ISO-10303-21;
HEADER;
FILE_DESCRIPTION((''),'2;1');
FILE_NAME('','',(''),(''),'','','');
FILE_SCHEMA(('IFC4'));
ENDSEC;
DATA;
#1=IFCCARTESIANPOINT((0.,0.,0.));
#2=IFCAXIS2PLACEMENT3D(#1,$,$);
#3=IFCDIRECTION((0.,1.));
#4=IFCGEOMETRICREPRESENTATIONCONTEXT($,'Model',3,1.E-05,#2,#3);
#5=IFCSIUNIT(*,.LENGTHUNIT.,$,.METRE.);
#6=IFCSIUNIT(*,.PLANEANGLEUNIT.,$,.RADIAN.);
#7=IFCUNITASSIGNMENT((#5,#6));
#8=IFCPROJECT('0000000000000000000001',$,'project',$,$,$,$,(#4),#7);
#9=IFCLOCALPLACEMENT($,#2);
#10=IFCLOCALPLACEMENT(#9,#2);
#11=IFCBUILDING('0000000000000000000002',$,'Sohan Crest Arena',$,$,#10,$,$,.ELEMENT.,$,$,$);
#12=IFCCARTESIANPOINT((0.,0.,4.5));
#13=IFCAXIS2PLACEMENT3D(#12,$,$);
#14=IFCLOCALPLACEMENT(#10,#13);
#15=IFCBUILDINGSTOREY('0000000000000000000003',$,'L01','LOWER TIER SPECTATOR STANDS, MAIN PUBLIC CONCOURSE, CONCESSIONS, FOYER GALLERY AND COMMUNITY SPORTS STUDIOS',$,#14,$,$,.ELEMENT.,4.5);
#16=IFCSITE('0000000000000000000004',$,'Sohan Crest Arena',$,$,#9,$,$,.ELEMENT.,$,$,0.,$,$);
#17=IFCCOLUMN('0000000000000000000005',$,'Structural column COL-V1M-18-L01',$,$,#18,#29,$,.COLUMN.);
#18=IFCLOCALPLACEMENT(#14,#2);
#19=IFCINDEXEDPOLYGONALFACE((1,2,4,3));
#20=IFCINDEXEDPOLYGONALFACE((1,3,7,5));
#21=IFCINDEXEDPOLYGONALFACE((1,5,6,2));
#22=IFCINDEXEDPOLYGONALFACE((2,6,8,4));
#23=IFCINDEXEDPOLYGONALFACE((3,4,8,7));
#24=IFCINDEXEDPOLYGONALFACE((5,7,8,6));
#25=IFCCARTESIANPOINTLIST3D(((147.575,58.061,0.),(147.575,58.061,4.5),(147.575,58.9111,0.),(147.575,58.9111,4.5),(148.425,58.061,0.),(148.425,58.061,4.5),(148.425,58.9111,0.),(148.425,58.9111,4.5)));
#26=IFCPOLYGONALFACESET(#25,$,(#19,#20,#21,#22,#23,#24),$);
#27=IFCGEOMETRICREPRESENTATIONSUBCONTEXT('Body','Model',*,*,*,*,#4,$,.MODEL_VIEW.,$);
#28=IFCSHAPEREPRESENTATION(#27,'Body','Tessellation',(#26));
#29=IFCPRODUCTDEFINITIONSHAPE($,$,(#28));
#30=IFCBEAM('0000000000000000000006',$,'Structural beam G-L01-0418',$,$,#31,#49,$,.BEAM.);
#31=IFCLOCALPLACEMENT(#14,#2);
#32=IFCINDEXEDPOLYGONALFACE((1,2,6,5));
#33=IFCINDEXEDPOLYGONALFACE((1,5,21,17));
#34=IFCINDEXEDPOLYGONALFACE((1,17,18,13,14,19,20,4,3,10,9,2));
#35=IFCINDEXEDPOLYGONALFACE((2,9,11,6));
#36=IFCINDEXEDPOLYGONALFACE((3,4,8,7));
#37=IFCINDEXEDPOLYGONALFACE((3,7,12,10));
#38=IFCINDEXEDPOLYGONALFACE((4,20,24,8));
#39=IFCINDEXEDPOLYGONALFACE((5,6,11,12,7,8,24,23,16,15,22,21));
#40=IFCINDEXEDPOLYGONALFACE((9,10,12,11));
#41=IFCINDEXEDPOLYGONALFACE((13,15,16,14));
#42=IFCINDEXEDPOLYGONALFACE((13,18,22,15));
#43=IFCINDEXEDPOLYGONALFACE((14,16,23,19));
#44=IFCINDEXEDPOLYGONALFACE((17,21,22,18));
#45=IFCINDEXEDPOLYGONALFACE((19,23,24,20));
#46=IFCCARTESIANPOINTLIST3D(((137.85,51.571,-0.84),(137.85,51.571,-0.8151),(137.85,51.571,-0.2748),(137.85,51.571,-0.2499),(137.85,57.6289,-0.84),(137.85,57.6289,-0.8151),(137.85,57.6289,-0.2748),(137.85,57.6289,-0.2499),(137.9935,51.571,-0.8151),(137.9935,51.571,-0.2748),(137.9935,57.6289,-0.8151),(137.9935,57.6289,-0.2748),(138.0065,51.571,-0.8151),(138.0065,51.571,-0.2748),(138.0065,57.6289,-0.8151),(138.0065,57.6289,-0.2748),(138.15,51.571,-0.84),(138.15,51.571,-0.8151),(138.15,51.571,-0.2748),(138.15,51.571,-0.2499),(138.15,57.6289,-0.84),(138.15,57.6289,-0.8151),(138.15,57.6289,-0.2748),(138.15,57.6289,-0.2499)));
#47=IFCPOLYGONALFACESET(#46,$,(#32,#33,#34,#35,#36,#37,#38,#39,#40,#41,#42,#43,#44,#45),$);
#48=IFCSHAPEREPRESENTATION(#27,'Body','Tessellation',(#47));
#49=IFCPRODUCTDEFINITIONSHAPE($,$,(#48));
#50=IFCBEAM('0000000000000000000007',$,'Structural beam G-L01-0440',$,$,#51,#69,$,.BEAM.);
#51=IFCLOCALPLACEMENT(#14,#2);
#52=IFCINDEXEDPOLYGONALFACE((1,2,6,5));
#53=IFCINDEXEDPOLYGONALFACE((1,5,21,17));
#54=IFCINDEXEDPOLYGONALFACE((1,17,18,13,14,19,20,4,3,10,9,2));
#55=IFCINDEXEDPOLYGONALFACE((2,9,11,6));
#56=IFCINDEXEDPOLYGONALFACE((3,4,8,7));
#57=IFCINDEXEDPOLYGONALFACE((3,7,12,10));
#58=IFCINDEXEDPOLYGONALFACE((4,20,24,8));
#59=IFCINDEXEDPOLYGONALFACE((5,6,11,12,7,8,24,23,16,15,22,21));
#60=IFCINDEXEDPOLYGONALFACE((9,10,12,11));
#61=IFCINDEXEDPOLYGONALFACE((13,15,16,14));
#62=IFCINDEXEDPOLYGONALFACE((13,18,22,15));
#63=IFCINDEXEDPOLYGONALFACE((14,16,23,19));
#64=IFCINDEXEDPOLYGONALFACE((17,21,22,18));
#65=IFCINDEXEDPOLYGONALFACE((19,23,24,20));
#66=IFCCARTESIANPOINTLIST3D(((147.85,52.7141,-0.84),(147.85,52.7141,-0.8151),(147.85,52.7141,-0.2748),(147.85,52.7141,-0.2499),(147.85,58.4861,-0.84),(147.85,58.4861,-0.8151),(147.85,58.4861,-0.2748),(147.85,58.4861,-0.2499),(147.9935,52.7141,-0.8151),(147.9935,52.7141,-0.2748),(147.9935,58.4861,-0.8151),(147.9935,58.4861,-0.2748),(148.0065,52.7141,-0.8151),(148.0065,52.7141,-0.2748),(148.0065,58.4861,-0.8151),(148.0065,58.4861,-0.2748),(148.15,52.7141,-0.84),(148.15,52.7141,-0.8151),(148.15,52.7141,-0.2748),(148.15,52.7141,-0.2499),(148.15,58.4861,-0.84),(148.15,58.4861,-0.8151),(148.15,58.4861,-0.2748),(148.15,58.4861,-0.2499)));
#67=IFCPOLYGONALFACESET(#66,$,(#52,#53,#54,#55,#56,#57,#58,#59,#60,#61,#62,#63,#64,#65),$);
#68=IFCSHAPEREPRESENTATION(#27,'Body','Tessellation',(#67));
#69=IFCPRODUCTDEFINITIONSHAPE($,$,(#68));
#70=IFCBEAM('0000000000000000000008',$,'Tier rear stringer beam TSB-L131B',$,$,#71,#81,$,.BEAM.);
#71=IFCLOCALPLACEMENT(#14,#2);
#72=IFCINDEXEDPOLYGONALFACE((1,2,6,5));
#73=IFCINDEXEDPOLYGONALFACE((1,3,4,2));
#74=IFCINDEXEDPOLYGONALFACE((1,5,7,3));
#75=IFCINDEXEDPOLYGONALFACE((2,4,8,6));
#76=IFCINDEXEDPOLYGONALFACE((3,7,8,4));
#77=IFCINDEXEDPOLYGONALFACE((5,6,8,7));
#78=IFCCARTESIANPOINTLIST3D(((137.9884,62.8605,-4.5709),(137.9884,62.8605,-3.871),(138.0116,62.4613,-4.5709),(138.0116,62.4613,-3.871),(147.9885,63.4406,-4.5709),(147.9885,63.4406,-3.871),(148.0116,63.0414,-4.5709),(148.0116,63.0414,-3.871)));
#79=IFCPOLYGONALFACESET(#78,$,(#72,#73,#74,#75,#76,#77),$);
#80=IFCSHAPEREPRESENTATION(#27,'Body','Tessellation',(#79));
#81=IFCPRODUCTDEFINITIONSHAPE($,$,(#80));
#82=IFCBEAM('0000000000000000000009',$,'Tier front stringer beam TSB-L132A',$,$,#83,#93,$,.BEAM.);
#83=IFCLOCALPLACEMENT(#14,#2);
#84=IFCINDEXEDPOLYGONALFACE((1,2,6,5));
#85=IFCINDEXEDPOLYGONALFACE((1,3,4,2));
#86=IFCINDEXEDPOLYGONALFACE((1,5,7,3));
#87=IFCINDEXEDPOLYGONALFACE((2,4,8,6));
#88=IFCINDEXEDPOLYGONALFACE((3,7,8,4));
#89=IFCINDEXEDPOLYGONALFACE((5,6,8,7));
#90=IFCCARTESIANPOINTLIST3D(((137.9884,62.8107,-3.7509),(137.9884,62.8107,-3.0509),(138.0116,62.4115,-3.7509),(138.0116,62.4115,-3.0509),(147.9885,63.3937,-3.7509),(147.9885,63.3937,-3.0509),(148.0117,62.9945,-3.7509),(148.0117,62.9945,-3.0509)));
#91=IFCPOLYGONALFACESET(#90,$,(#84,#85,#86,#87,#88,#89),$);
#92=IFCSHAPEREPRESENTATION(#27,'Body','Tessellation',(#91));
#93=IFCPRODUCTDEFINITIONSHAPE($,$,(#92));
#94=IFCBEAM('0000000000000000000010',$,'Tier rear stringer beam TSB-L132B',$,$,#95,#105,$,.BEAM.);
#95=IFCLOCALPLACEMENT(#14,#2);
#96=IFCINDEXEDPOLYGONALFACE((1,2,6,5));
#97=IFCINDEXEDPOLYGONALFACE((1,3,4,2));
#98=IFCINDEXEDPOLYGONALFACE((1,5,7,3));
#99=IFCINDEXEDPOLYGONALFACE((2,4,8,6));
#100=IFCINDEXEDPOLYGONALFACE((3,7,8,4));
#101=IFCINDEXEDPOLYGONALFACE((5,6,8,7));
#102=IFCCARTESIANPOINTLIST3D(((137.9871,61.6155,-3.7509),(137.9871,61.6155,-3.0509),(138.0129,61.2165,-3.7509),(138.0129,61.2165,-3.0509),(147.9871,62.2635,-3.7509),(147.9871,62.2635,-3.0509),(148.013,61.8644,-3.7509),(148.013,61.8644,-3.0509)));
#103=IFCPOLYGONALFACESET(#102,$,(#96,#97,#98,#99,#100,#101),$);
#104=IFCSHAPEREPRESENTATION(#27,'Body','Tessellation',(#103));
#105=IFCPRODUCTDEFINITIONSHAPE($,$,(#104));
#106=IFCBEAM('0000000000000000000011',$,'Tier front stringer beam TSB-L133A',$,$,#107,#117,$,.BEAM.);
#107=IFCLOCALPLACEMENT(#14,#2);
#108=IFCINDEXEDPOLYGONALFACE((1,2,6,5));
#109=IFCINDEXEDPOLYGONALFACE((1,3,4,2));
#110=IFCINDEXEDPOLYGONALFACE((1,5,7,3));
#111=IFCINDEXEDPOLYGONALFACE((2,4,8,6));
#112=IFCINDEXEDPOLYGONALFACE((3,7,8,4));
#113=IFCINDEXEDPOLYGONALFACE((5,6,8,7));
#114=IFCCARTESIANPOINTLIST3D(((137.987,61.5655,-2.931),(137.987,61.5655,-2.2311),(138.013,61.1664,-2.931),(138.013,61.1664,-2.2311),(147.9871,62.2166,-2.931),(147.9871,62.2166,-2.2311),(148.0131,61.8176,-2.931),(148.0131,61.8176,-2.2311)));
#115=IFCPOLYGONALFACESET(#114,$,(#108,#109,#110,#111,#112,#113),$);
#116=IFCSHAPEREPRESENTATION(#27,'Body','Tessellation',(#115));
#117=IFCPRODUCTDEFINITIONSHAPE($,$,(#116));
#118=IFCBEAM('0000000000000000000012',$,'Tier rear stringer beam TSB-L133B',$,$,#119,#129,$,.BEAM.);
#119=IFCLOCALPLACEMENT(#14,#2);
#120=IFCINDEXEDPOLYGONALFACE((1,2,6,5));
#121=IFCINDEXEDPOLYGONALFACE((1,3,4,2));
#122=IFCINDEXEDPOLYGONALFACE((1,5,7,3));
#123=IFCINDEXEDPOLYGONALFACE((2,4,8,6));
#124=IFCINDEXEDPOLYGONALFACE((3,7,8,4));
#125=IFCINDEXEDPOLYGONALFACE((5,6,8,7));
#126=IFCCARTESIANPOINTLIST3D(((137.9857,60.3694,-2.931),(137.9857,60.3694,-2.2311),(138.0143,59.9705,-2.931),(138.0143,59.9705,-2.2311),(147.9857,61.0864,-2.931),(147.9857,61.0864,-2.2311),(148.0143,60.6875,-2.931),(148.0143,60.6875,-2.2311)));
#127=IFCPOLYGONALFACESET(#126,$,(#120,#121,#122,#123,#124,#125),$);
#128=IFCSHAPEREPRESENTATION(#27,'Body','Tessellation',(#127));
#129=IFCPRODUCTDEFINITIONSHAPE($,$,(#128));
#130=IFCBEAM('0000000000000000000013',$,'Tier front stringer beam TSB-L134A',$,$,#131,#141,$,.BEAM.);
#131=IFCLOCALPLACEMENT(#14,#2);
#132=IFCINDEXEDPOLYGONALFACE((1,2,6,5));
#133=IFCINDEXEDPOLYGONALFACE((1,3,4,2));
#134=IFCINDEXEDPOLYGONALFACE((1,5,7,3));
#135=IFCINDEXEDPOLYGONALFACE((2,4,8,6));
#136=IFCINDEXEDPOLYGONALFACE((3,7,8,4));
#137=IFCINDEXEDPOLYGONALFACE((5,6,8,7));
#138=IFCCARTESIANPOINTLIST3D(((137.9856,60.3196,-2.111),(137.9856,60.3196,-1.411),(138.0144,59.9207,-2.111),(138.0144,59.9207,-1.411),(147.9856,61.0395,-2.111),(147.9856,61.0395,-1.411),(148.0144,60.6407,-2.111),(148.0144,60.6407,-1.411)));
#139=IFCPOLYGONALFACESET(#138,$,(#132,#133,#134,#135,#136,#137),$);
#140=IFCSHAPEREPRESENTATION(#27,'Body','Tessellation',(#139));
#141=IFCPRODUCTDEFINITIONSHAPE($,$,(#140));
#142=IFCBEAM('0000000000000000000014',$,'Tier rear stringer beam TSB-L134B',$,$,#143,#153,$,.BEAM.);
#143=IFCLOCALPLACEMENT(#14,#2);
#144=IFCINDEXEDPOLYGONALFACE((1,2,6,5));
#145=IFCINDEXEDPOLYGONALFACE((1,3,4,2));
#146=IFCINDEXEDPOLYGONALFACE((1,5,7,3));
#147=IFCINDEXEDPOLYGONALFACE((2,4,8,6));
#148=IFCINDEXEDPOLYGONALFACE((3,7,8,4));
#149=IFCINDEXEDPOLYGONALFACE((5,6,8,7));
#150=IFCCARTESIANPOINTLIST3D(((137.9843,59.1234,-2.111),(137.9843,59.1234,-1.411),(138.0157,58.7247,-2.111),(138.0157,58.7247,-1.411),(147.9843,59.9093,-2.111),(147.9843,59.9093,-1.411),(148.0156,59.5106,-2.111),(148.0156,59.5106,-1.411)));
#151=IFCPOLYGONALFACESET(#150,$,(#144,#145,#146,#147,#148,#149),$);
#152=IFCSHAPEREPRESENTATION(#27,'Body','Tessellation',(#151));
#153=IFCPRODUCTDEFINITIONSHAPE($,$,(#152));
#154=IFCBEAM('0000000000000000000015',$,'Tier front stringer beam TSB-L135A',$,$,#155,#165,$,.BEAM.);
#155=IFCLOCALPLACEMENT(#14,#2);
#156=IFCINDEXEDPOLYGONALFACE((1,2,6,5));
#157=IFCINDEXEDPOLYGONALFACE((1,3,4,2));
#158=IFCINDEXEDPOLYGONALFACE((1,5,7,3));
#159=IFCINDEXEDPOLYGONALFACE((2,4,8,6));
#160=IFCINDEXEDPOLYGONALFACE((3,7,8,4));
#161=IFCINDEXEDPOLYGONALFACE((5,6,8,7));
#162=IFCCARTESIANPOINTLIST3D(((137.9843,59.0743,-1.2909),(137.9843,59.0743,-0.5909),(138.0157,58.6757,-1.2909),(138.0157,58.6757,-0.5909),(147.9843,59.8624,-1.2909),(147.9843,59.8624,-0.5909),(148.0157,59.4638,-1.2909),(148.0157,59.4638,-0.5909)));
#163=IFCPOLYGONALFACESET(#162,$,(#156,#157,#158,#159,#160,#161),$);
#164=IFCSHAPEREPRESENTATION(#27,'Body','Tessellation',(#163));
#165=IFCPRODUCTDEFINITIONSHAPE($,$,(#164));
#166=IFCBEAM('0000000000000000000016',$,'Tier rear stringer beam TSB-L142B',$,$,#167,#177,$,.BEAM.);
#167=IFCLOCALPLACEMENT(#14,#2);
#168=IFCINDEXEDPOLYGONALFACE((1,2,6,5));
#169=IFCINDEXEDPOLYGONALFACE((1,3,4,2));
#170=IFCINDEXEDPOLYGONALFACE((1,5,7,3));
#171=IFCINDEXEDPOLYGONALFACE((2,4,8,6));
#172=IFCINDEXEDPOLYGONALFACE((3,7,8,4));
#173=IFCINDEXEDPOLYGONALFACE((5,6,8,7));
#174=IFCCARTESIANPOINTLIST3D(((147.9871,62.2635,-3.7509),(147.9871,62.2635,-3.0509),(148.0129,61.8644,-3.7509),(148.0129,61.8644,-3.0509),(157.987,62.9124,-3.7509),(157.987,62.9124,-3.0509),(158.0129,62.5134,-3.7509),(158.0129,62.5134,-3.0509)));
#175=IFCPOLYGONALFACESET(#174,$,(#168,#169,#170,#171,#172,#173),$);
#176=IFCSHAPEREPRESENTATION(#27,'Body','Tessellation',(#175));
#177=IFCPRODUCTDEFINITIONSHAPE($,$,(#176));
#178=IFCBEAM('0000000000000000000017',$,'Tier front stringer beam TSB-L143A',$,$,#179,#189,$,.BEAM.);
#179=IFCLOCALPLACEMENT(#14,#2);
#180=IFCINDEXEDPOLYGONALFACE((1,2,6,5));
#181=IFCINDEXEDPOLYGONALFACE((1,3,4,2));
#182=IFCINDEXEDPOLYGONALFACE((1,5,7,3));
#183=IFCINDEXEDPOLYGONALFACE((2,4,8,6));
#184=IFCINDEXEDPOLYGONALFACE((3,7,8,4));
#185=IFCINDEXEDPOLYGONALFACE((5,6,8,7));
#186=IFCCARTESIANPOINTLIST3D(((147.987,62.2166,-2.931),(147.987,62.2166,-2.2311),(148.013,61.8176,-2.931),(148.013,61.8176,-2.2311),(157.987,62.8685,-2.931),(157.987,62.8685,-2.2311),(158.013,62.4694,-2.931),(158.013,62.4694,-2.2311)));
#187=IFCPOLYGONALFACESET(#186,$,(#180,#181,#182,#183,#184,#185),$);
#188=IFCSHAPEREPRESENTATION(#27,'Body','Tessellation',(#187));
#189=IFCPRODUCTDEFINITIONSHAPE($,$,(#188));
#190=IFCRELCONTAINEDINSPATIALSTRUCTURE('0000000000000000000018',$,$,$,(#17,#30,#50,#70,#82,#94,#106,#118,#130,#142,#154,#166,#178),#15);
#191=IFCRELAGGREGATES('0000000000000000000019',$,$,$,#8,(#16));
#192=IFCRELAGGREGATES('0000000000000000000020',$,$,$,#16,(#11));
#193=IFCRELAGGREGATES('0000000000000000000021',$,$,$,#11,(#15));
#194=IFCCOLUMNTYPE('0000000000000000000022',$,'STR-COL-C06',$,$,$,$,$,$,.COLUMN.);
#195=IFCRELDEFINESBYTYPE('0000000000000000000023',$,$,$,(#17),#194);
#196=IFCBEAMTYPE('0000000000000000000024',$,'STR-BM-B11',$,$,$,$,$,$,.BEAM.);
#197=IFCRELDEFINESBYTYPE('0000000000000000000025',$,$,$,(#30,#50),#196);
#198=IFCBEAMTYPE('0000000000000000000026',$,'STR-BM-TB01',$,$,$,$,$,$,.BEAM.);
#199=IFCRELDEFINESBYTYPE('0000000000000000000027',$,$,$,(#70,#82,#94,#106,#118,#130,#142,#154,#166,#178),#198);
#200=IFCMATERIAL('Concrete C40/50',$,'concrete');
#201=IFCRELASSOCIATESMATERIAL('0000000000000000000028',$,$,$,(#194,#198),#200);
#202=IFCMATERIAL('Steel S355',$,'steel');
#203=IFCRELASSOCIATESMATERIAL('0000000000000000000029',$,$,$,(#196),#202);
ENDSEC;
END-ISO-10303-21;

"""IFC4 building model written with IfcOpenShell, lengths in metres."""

from ifc_helpers import new_model, si_unit, direction, frame, origin, origin_2d, place, context, subcontext, project, spatial, rectangle, i_section, extrude, material, material_profile, profile_set, type_object, element, save


model = new_model("IFC4")

# Units and contexts
model_context = context("Model", 3, precision=1e-05, world=origin(), true_north=direction((0.0, 1.0)))
body_context = subcontext(model_context, "Body", "Model", "MODEL_VIEW")
ifc_project = project(units=[si_unit("LENGTHUNIT", "METRE"), si_unit("PLANEANGLEUNIT", "RADIAN")], contexts=[model_context])

# Site, building, storey
site_placement = place(None, origin())
site = spatial("IfcSite", under=ifc_project, at=site_placement, Name="Sohan Crest Arena", CompositionType="ELEMENT", RefElevation=0.0)
building_placement = place(site_placement, origin())
building = spatial("IfcBuilding", under=site, at=building_placement, Name="Sohan Crest Arena", CompositionType="ELEMENT")
storey_placement = place(building_placement, frame((0.0, 0.0, 4.5)))
storey = spatial("IfcBuildingStorey", under=building, at=storey_placement, Name="L01", Description="LOWER TIER SPECTATOR STANDS, MAIN PUBLIC CONCOURSE, CONCESSIONS, FOYER GALLERY AND COMMUNITY SPORTS STUDIOS", CompositionType="ELEMENT", Elevation=4.5)

# Column
ifc_material_1 = material(Name="Concrete C40/50", Category="concrete")
ifc_material_profile_1 = material_profile(ifc_material_1, rectangle(XDim=0.8501, YDim=0.8501, at=origin_2d()), Name="RC 850x850")
ifc_profile_set_1 = profile_set([ifc_material_profile_1], Name="Concrete C40/50")
column_type = type_object("IfcColumnType", Name="STR-COL-C06", PredefinedType="COLUMN", material=ifc_profile_set_1)
column_placement = place(storey_placement, frame((148.0, 58.4861, 0.0), z_axis=(0.0, 0.0, 1.0), x_axis=(1.0, 0.0, 0.0)))
element("IfcColumn", 1, at=column_placement, inside=storey, type_object=column_type, Name="Structural column COL-V1M-18-L01", PredefinedType="COLUMN", context=body_context, shape_type="SweptSolid", body=[
    extrude(rectangle(XDim=0.8501, YDim=0.8501, at=origin_2d()), origin(), (0.0, 0.0, 1.0), 4.5),
])

# Beams
ifc_material_2 = material(Name="Steel S355", Category="steel")
ifc_material_profile_2 = material_profile(ifc_material_2, i_section(OverallWidth=0.3, OverallDepth=0.5901, WebThickness=0.0129, FlangeThickness=0.0249, at=origin_2d()), Name="HEA 600")
ifc_profile_set_2 = profile_set([ifc_material_profile_2], Name="Steel S355")
beam_type_1 = type_object("IfcBeamType", Name="STR-BM-B11", PredefinedType="BEAM", material=ifc_profile_set_2)
beam_1_placement = place(storey_placement, frame((138.0, 57.6289, -0.5449), z_axis=(0.0, -1.0, 0.0), x_axis=(1.0, 0.0, 0.0)))
element("IfcBeam", 2, at=beam_1_placement, inside=storey, type_object=beam_type_1, Name="Structural beam G-L01-0418", PredefinedType="BEAM", context=body_context, shape_type="SweptSolid", body=[
    extrude(i_section(OverallWidth=0.3, OverallDepth=0.5901, WebThickness=0.0129, FlangeThickness=0.0249, at=origin_2d()), origin(), (0.0, 0.0, 1.0), 6.0579),
])
beam_2_placement = place(storey_placement, frame((148.0, 58.4861, -0.5449), z_axis=(0.0, -1.0, 0.0), x_axis=(1.0, 0.0, 0.0)))
element("IfcBeam", 3, at=beam_2_placement, inside=storey, type_object=beam_type_1, Name="Structural beam G-L01-0440", PredefinedType="BEAM", context=body_context, shape_type="SweptSolid", body=[
    extrude(i_section(OverallWidth=0.3, OverallDepth=0.5901, WebThickness=0.0129, FlangeThickness=0.0249, at=origin_2d()), origin(), (0.0, 0.0, 1.0), 5.772),
])
ifc_material_profile_3 = material_profile(ifc_material_1, rectangle(XDim=0.3999, YDim=0.7, at=origin_2d()), Name="RC-BM 400x700")
ifc_profile_set_3 = profile_set([ifc_material_profile_3], Name="Concrete C40/50")
beam_type_2 = type_object("IfcBeamType", Name="STR-BM-TB01", PredefinedType="BEAM", material=ifc_profile_set_3)
beam_3_placement = place(storey_placement, frame((138.0, 62.6609, -4.2209), z_axis=(0.998322, 0.05791, 0.0), x_axis=(-0.05791, 0.998322, 0.0)))
element("IfcBeam", 4, at=beam_3_placement, inside=storey, type_object=beam_type_2, Name="Tier rear stringer beam TSB-L131B", PredefinedType="BEAM", context=body_context, shape_type="SweptSolid", body=[
    extrude(rectangle(XDim=0.3999, YDim=0.7, at=origin_2d()), origin(), (0.0, 0.0, 1.0), 10.0168),
])
beam_4_placement = place(storey_placement, frame((138.0, 62.6111, -3.4009), z_axis=(0.998305, 0.058202, 0.0), x_axis=(-0.058202, 0.998305, 0.0)))
element("IfcBeam", 5, at=beam_4_placement, inside=storey, type_object=beam_type_2, Name="Tier front stringer beam TSB-L132A", PredefinedType="BEAM", context=body_context, shape_type="SweptSolid", body=[
    extrude(rectangle(XDim=0.3999, YDim=0.7, at=origin_2d()), origin(), (0.0, 0.0, 1.0), 10.0171),
])
beam_5_placement = place(storey_placement, frame((138.0, 61.416, -3.4009), z_axis=(0.997907, 0.064659, 0.0), x_axis=(-0.064659, 0.997907, 0.0)))
element("IfcBeam", 6, at=beam_5_placement, inside=storey, type_object=beam_type_2, Name="Tier rear stringer beam TSB-L132B", PredefinedType="BEAM", context=body_context, shape_type="SweptSolid", body=[
    extrude(rectangle(XDim=0.3999, YDim=0.7, at=origin_2d()), origin(), (0.0, 0.0, 1.0), 10.021),
])
beam_6_placement = place(storey_placement, frame((138.0, 61.366, -2.5811), z_axis=(0.997887, 0.064975, 0.0), x_axis=(-0.064975, 0.997887, 0.0)))
element("IfcBeam", 7, at=beam_6_placement, inside=storey, type_object=beam_type_2, Name="Tier front stringer beam TSB-L133A", PredefinedType="BEAM", context=body_context, shape_type="SweptSolid", body=[
    extrude(rectangle(XDim=0.3999, YDim=0.7, at=origin_2d()), origin(), (0.0, 0.0, 1.0), 10.0212),
])
beam_7_placement = place(storey_placement, frame((138.0, 60.1699, -2.5811), z_axis=(0.997439, 0.07152, 0.0), x_axis=(-0.07152, 0.997439, 0.0)))
element("IfcBeam", 8, at=beam_7_placement, inside=storey, type_object=beam_type_2, Name="Tier rear stringer beam TSB-L133B", PredefinedType="BEAM", context=body_context, shape_type="SweptSolid", body=[
    extrude(rectangle(XDim=0.3999, YDim=0.7, at=origin_2d()), origin(), (0.0, 0.0, 1.0), 10.0256),
])
beam_8_placement = place(storey_placement, frame((138.0, 60.1201, -1.761), z_axis=(0.997418, 0.071811, 0.0), x_axis=(-0.071811, 0.997418, 0.0)))
element("IfcBeam", 9, at=beam_8_placement, inside=storey, type_object=beam_type_2, Name="Tier front stringer beam TSB-L134A", PredefinedType="BEAM", context=body_context, shape_type="SweptSolid", body=[
    extrude(rectangle(XDim=0.3999, YDim=0.7, at=origin_2d()), origin(), (0.0, 0.0, 1.0), 10.0259),
])
beam_9_placement = place(storey_placement, frame((138.0, 58.9241, -1.761), z_axis=(0.996926, 0.078347, 0.0), x_axis=(-0.078347, 0.996926, 0.0)))
element("IfcBeam", 10, at=beam_9_placement, inside=storey, type_object=beam_type_2, Name="Tier rear stringer beam TSB-L134B", PredefinedType="BEAM", context=body_context, shape_type="SweptSolid", body=[
    extrude(rectangle(XDim=0.3999, YDim=0.7, at=origin_2d()), origin(), (0.0, 0.0, 1.0), 10.0308),
])
beam_10_placement = place(storey_placement, frame((138.0, 58.875, -0.9409), z_axis=(0.996909, 0.078565, 0.0), x_axis=(-0.078565, 0.996909, 0.0)))
element("IfcBeam", 11, at=beam_10_placement, inside=storey, type_object=beam_type_2, Name="Tier front stringer beam TSB-L135A", PredefinedType="BEAM", context=body_context, shape_type="SweptSolid", body=[
    extrude(rectangle(XDim=0.3999, YDim=0.7, at=origin_2d()), origin(), (0.0, 0.0, 1.0), 10.031),
])
beam_11_placement = place(storey_placement, frame((148.0, 62.064, -3.4009), z_axis=(0.997901, 0.064756, 0.0), x_axis=(-0.064756, 0.997901, 0.0)))
element("IfcBeam", 12, at=beam_11_placement, inside=storey, type_object=beam_type_2, Name="Tier rear stringer beam TSB-L142B", PredefinedType="BEAM", context=body_context, shape_type="SweptSolid", body=[
    extrude(rectangle(XDim=0.3999, YDim=0.7, at=origin_2d()), origin(), (0.0, 0.0, 1.0), 10.021),
])
beam_12_placement = place(storey_placement, frame((148.0, 62.0171, -2.5811), z_axis=(0.997882, 0.065047, 0.0), x_axis=(-0.065047, 0.997882, 0.0)))
element("IfcBeam", 13, at=beam_12_placement, inside=storey, type_object=beam_type_2, Name="Tier front stringer beam TSB-L143A", PredefinedType="BEAM", context=body_context, shape_type="SweptSolid", body=[
    extrude(rectangle(XDim=0.3999, YDim=0.7, at=origin_2d()), origin(), (0.0, 0.0, 1.0), 10.0212),
])

save(model, "model.ifc")
